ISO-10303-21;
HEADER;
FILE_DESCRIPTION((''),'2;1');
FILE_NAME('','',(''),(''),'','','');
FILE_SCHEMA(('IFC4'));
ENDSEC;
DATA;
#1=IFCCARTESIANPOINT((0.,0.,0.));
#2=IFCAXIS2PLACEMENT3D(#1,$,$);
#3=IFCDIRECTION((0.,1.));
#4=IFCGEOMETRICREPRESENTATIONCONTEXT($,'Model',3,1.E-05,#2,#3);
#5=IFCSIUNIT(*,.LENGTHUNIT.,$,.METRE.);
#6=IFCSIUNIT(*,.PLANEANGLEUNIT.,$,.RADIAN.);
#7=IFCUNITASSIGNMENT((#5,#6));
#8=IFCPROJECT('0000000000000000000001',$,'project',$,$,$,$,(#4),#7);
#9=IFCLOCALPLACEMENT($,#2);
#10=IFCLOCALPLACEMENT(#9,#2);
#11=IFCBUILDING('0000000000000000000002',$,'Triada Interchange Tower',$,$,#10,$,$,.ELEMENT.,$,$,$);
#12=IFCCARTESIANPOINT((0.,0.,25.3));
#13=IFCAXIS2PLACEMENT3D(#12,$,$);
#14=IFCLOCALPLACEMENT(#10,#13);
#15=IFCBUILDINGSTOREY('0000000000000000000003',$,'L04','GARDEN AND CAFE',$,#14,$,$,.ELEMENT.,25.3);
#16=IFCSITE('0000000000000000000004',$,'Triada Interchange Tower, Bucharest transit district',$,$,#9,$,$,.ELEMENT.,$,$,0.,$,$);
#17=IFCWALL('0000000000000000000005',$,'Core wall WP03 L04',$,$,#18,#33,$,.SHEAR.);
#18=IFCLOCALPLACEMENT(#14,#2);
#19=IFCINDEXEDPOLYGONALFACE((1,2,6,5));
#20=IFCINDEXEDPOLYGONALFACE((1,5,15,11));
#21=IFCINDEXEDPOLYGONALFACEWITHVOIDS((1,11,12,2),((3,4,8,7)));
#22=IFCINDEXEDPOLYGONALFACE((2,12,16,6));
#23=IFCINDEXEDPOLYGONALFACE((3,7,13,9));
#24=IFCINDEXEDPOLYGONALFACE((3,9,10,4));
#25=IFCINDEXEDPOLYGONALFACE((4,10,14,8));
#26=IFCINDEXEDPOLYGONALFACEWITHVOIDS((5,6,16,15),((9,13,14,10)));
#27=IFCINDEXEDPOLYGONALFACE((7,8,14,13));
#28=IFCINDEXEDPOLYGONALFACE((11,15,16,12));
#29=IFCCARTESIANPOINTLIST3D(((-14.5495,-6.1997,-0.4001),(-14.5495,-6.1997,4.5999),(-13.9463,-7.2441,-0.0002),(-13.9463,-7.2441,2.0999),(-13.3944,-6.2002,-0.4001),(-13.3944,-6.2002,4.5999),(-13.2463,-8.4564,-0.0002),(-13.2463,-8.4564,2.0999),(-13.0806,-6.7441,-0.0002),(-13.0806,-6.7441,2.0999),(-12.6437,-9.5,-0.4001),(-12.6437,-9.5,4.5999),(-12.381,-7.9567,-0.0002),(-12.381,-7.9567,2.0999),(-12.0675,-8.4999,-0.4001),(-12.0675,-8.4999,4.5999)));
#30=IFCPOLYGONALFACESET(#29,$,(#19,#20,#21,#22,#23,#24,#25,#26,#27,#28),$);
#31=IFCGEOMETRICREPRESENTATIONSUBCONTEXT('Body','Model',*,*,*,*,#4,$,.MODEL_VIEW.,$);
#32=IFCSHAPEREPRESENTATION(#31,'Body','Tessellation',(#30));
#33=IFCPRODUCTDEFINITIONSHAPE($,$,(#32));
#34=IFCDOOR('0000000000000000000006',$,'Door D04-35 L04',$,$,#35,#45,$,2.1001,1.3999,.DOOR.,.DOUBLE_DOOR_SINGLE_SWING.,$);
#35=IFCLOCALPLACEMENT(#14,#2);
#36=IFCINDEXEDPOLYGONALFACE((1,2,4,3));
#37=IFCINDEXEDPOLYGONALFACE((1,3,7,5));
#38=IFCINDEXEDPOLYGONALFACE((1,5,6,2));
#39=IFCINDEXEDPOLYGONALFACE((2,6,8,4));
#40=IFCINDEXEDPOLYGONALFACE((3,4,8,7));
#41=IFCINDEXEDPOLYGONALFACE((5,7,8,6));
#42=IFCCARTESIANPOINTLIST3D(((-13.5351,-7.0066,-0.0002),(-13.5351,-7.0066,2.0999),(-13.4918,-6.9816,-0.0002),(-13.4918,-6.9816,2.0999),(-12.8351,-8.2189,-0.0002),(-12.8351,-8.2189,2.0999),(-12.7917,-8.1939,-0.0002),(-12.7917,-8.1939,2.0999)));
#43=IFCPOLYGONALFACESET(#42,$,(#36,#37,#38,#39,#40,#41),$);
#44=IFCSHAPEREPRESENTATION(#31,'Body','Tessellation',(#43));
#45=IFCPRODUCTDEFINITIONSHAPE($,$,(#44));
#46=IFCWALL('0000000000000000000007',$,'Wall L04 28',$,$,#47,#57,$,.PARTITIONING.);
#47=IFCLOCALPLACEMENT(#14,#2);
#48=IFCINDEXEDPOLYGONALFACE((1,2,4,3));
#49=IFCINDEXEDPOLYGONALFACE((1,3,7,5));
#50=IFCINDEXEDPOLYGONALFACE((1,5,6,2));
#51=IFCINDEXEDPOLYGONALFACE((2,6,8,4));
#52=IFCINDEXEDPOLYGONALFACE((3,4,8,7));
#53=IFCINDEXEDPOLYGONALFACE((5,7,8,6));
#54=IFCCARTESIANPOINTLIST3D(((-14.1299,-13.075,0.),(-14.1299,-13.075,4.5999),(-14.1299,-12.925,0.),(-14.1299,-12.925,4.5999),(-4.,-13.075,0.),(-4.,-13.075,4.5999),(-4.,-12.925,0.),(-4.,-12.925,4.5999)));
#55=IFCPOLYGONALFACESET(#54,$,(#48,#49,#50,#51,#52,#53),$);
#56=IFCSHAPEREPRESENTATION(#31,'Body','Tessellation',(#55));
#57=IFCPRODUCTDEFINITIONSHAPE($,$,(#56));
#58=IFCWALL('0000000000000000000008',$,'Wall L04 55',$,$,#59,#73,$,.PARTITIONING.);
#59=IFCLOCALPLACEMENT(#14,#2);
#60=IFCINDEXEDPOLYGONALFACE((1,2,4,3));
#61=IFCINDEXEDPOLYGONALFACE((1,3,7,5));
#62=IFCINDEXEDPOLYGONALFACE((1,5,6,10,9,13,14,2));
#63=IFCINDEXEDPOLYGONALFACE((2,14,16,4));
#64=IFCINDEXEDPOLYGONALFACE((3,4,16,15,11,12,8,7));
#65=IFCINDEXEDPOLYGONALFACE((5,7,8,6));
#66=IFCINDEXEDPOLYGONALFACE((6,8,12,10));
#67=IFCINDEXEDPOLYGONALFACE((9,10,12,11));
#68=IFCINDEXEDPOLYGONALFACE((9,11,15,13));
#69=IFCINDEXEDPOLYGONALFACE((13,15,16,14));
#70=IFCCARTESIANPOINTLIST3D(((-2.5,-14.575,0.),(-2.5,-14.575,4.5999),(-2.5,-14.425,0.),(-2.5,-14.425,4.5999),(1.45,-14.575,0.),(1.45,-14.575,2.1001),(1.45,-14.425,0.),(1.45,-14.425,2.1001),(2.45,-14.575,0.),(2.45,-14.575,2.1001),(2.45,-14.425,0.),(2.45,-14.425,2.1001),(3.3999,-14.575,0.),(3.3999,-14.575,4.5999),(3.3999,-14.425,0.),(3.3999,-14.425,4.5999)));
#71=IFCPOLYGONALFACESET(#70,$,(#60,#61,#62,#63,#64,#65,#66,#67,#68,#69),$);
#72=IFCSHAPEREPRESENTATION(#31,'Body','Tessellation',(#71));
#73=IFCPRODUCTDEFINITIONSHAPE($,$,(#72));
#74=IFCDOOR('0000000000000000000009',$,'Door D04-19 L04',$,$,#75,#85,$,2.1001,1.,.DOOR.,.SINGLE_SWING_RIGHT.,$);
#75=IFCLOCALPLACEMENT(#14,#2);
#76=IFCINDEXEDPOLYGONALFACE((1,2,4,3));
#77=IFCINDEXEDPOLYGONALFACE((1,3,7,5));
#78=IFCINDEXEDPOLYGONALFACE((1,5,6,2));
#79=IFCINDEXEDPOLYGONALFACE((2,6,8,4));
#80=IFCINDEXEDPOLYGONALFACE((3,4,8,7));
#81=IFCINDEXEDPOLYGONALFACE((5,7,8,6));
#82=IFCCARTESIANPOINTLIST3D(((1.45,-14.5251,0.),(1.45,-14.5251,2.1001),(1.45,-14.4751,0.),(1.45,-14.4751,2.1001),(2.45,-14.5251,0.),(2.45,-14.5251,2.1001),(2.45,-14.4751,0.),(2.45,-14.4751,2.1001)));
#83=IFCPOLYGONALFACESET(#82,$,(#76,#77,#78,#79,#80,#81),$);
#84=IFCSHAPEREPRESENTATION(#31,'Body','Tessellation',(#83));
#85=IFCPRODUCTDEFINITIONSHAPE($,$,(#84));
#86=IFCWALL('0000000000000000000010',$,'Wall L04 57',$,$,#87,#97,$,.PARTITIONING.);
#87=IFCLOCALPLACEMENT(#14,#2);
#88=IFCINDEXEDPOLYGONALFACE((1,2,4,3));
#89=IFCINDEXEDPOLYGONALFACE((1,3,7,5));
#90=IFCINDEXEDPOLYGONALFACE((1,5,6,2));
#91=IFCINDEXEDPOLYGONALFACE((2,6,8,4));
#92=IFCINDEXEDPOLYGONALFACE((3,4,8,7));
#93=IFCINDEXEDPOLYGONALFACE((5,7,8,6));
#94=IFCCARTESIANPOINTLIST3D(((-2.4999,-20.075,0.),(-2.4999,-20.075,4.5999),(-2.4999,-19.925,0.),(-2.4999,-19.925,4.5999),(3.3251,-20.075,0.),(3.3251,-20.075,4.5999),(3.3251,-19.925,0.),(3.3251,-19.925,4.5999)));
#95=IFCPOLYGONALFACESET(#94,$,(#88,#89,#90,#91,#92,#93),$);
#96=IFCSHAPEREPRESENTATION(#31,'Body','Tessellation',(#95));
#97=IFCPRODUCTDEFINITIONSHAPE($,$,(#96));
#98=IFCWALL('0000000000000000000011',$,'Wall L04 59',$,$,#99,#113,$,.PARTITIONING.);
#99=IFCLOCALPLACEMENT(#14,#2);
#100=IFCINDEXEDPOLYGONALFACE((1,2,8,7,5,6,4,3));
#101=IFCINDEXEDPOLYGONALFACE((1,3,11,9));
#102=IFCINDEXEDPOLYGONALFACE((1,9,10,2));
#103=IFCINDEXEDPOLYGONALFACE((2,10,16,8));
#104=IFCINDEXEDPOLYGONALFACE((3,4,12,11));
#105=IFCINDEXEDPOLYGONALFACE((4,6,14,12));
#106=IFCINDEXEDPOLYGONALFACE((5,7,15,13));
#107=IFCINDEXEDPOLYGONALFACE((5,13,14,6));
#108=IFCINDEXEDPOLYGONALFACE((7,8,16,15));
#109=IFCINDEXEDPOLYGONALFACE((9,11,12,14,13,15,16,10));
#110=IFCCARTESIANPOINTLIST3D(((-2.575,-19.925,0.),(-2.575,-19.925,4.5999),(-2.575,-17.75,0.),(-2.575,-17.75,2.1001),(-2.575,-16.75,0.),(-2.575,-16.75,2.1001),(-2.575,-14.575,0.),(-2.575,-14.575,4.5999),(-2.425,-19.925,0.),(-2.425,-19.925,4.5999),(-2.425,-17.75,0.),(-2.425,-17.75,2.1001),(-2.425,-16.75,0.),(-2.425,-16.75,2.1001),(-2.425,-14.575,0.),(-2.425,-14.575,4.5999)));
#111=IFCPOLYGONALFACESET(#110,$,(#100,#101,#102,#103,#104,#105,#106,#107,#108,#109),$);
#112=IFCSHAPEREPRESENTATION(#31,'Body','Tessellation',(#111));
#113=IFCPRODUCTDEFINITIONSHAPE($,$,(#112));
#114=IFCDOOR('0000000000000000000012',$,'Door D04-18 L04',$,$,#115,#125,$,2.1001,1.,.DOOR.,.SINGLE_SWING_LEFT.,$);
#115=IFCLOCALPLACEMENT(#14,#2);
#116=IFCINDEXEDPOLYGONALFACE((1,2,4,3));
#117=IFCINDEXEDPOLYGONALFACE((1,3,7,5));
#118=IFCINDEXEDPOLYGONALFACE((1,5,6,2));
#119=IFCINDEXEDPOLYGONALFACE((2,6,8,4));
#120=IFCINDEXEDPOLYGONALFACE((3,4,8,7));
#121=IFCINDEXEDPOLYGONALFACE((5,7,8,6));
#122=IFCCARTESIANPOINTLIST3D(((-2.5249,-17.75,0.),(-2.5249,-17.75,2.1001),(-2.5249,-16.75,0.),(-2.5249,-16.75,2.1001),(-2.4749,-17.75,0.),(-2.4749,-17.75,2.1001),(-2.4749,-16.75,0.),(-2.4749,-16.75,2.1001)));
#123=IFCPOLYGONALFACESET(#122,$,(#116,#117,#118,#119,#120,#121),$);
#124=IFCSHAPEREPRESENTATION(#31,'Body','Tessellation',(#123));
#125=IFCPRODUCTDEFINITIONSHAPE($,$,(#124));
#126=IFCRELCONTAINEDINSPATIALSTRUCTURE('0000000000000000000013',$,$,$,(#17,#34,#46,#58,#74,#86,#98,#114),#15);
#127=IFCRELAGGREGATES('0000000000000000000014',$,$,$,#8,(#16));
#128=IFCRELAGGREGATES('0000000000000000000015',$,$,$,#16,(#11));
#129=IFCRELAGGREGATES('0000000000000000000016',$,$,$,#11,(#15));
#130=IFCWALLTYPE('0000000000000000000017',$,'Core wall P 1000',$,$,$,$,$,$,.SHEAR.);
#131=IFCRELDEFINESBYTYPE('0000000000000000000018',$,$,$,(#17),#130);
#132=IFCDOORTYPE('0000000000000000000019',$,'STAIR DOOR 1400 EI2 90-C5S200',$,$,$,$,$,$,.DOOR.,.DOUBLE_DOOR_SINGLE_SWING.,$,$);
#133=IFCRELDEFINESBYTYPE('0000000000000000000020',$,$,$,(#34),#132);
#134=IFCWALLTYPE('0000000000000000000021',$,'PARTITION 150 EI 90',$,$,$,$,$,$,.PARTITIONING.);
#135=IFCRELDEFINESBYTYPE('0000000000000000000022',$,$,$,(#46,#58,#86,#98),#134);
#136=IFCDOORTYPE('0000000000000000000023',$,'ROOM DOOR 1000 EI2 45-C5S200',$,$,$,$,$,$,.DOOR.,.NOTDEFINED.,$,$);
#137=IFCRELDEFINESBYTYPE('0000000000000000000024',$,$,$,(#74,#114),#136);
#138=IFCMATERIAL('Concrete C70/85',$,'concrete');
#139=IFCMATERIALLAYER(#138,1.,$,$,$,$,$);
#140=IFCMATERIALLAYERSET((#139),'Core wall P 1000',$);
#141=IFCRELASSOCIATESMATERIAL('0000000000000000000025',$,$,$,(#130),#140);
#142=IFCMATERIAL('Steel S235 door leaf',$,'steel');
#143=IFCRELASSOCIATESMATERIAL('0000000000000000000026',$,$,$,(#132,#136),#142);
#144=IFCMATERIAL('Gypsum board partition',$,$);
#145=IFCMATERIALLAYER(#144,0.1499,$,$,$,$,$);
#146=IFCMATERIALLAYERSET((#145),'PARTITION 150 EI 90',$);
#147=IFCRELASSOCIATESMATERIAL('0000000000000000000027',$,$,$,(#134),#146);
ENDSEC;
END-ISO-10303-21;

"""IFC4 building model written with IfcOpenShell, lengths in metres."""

from ifc_helpers import new_model, si_unit, direction, frame, frame_2d, origin, place, context, subcontext, project, spatial, polyline, rectangle, outline, extrude, material, layer, layer_set, type_object, element, fill, save


model = new_model("IFC4")

# Units and contexts
model_context = context("Model", 3, precision=1e-05, world=origin(), true_north=direction((0.0, 1.0)))
body_context = subcontext(model_context, "Body", "Model", "MODEL_VIEW")
ifc_project = project(units=[si_unit("LENGTHUNIT", "METRE"), si_unit("PLANEANGLEUNIT", "RADIAN")], contexts=[model_context])

# Site, building, storey
site_placement = place(None, origin())
site = spatial("IfcSite", under=ifc_project, at=site_placement, Name="Triada Interchange Tower, Bucharest transit district", CompositionType="ELEMENT", RefElevation=0.0)
building_placement = place(site_placement, origin())
building = spatial("IfcBuilding", under=site, at=building_placement, Name="Triada Interchange Tower", CompositionType="ELEMENT")
storey_placement = place(building_placement, frame((0.0, 0.0, 25.3)))
storey = spatial("IfcBuildingStorey", under=building, at=storey_placement, Name="L04", Description="GARDEN AND CAFE", CompositionType="ELEMENT", Elevation=25.3)

# Shared definitions
ifc_material_1 = material(Name="Concrete C70/85", Category="concrete")

# Shared definitions
ifc_material_2 = material(Name="Steel S235 door leaf", Category="steel")

# Wall, opening, door
ifc_layer_1 = layer(ifc_material_1, 1.0)
ifc_layer_set_1 = layer_set([ifc_layer_1], Name="Core wall P 1000")
wall_type_1 = type_object("IfcWallType", Name="Core wall P 1000", PredefinedType="SHEAR", material=ifc_layer_set_1)
wall_1_placement = place(storey_placement, frame((-13.9719, -6.2, -0.4001), z_axis=(0.0, 0.0, 1.0), x_axis=(0.500078, -0.865981, 0.0)))
wall_1 = element("IfcWall", 1, at=wall_1_placement, inside=storey, type_object=wall_type_1, Name="Core wall WP03 L04", PredefinedType="SHEAR", context=body_context, shape_type="SweptSolid", body=[
    extrude(outline(polyline([(-0.2891, -0.5), (1.6165, -0.5), (3.522, -0.5), (2.9441, 0.499), (1.6167, 0.4995), (0.2891, 0.5), (-0.2891, -0.5)])), origin(), (0.0, 0.0, 1.0), 5.0),
])
opening_1_placement = place(wall_1_placement, frame((0.917, 0.0, 0.3999)))
opening_1 = element("IfcOpeningElement", 2, at=opening_1_placement, cuts=wall_1, PredefinedType="OPENING", context=body_context, shape_type="SweptSolid", body=[
    extrude(rectangle(XDim=1.3999, YDim=2.1001, at=frame_2d((0.7, 1.05))), frame((0.0, 0.51, 0.0), z_axis=(0.0, -1.0, 0.0), x_axis=(1.0, 0.0, 0.0)), (0.0, 0.0, 1.0), 1.02),
])
door_type_1 = type_object("IfcDoorType", Name="STAIR DOOR 1400 EI2 90-C5S200", OperationType="DOUBLE_DOOR_SINGLE_SWING", PredefinedType="DOOR", material=ifc_material_2)
door_1_placement = place(opening_1_placement, origin())
door_1 = element("IfcDoor", 3, at=door_1_placement, inside=storey, type_object=door_type_1, Name="Door D04-35 L04", OperationType="DOUBLE_DOOR_SINGLE_SWING", OverallHeight=2.1001, OverallWidth=1.3999, PredefinedType="DOOR", context=body_context, shape_type="SweptSolid", body=[
    extrude(rectangle(XDim=1.3999, YDim=2.1001, at=frame_2d((0.7, 1.05))), frame((0.0, 0.0249, 0.0), z_axis=(0.0, -1.0, 0.0), x_axis=(1.0, 0.0, 0.0)), (0.0, 0.0, 1.0), 0.05),
])
fill(opening_1, door_1)

# Wall
ifc_material_3 = material(Name="Gypsum board partition")
ifc_layer_2 = layer(ifc_material_3, 0.1499)
ifc_layer_set_2 = layer_set([ifc_layer_2], Name="PARTITION 150 EI 90")
wall_type_2 = type_object("IfcWallType", Name="PARTITION 150 EI 90", PredefinedType="PARTITIONING", material=ifc_layer_set_2)
wall_2_placement = place(storey_placement, frame((-14.1299, -13.0, 0.0), z_axis=(0.0, 0.0, 1.0), x_axis=(1.0, 0.0, 0.0)))
element("IfcWall", 4, at=wall_2_placement, inside=storey, type_object=wall_type_2, Name="Wall L04 28", PredefinedType="PARTITIONING", context=body_context, shape_type="SweptSolid", body=[
    extrude(rectangle(XDim=10.1299, YDim=0.1499, at=frame_2d((5.0649, 0.0))), origin(), (0.0, 0.0, 1.0), 4.5999),
])

# Wall, opening, door
wall_3_placement = place(storey_placement, frame((-2.5, -14.5, 0.0), z_axis=(0.0, 0.0, 1.0), x_axis=(1.0, 0.0, 0.0)))
wall_3 = element("IfcWall", 5, at=wall_3_placement, inside=storey, type_object=wall_type_2, Name="Wall L04 55", PredefinedType="PARTITIONING", context=body_context, shape_type="SweptSolid", body=[
    extrude(rectangle(XDim=5.8999, YDim=0.1499, at=frame_2d((2.95, 0.0))), origin(), (0.0, 0.0, 1.0), 4.5999),
])
opening_2_placement = place(wall_3_placement, frame((3.95, 0.0, 0.0)))
opening_2 = element("IfcOpeningElement", 6, at=opening_2_placement, cuts=wall_3, PredefinedType="OPENING", context=body_context, shape_type="SweptSolid", body=[
    extrude(rectangle(XDim=1.0, YDim=2.1001, at=frame_2d((0.5, 1.05))), frame((0.0, 0.085, 0.0), z_axis=(0.0, -1.0, 0.0), x_axis=(1.0, 0.0, 0.0)), (0.0, 0.0, 1.0), 0.1699),
])
door_type_2 = type_object("IfcDoorType", Name="ROOM DOOR 1000 EI2 45-C5S200", OperationType="NOTDEFINED", PredefinedType="DOOR", material=ifc_material_2)
door_2_placement = place(opening_2_placement, origin())
door_2 = element("IfcDoor", 7, at=door_2_placement, inside=storey, type_object=door_type_2, Name="Door D04-19 L04", OperationType="SINGLE_SWING_RIGHT", OverallHeight=2.1001, OverallWidth=1.0, PredefinedType="DOOR", context=body_context, shape_type="SweptSolid", body=[
    extrude(rectangle(XDim=1.0, YDim=2.1001, at=frame_2d((0.5, 1.05))), frame((0.0, 0.0249, 0.0), z_axis=(0.0, -1.0, 0.0), x_axis=(1.0, 0.0, 0.0)), (0.0, 0.0, 1.0), 0.05),
])
fill(opening_2, door_2)

# Wall
wall_4_placement = place(storey_placement, frame((-2.5, -20.0, 0.0), z_axis=(0.0, 0.0, 1.0), x_axis=(1.0, 0.0, 0.0)))
element("IfcWall", 8, at=wall_4_placement, inside=storey, type_object=wall_type_2, Name="Wall L04 57", PredefinedType="PARTITIONING", context=body_context, shape_type="SweptSolid", body=[
    extrude(rectangle(XDim=5.825, YDim=0.1499, at=frame_2d((2.9126, 0.0))), origin(), (0.0, 0.0, 1.0), 4.5999),
])

# Wall, opening, door
wall_5_placement = place(storey_placement, frame((-2.5, -19.925, 0.0), z_axis=(0.0, 0.0, 1.0), x_axis=(0.0, 1.0, 0.0)))
wall_5 = element("IfcWall", 9, at=wall_5_placement, inside=storey, type_object=wall_type_2, Name="Wall L04 59", PredefinedType="PARTITIONING", context=body_context, shape_type="SweptSolid", body=[
    extrude(rectangle(XDim=5.3501, YDim=0.1499, at=frame_2d((2.675, 0.0))), origin(), (0.0, 0.0, 1.0), 4.5999),
])
opening_3_placement = place(wall_5_placement, frame((2.175, 0.0, 0.0)))
opening_3 = element("IfcOpeningElement", 10, at=opening_3_placement, cuts=wall_5, PredefinedType="OPENING", context=body_context, shape_type="SweptSolid", body=[
    extrude(rectangle(XDim=1.0, YDim=2.1001, at=frame_2d((0.5, 1.05))), frame((0.0, 0.085, 0.0), z_axis=(0.0, -1.0, 0.0), x_axis=(1.0, 0.0, 0.0)), (0.0, 0.0, 1.0), 0.1699),
])
door_3_placement = place(opening_3_placement, origin())
door_3 = element("IfcDoor", 11, at=door_3_placement, inside=storey, type_object=door_type_2, Name="Door D04-18 L04", OperationType="SINGLE_SWING_LEFT", OverallHeight=2.1001, OverallWidth=1.0, PredefinedType="DOOR", context=body_context, shape_type="SweptSolid", body=[
    extrude(rectangle(XDim=1.0, YDim=2.1001, at=frame_2d((0.5, 1.05))), frame((0.0, 0.0249, 0.0), z_axis=(0.0, -1.0, 0.0), x_axis=(1.0, 0.0, 0.0)), (0.0, 0.0, 1.0), 0.05),
])
fill(opening_3, door_3)

save(model, "model.ifc")
